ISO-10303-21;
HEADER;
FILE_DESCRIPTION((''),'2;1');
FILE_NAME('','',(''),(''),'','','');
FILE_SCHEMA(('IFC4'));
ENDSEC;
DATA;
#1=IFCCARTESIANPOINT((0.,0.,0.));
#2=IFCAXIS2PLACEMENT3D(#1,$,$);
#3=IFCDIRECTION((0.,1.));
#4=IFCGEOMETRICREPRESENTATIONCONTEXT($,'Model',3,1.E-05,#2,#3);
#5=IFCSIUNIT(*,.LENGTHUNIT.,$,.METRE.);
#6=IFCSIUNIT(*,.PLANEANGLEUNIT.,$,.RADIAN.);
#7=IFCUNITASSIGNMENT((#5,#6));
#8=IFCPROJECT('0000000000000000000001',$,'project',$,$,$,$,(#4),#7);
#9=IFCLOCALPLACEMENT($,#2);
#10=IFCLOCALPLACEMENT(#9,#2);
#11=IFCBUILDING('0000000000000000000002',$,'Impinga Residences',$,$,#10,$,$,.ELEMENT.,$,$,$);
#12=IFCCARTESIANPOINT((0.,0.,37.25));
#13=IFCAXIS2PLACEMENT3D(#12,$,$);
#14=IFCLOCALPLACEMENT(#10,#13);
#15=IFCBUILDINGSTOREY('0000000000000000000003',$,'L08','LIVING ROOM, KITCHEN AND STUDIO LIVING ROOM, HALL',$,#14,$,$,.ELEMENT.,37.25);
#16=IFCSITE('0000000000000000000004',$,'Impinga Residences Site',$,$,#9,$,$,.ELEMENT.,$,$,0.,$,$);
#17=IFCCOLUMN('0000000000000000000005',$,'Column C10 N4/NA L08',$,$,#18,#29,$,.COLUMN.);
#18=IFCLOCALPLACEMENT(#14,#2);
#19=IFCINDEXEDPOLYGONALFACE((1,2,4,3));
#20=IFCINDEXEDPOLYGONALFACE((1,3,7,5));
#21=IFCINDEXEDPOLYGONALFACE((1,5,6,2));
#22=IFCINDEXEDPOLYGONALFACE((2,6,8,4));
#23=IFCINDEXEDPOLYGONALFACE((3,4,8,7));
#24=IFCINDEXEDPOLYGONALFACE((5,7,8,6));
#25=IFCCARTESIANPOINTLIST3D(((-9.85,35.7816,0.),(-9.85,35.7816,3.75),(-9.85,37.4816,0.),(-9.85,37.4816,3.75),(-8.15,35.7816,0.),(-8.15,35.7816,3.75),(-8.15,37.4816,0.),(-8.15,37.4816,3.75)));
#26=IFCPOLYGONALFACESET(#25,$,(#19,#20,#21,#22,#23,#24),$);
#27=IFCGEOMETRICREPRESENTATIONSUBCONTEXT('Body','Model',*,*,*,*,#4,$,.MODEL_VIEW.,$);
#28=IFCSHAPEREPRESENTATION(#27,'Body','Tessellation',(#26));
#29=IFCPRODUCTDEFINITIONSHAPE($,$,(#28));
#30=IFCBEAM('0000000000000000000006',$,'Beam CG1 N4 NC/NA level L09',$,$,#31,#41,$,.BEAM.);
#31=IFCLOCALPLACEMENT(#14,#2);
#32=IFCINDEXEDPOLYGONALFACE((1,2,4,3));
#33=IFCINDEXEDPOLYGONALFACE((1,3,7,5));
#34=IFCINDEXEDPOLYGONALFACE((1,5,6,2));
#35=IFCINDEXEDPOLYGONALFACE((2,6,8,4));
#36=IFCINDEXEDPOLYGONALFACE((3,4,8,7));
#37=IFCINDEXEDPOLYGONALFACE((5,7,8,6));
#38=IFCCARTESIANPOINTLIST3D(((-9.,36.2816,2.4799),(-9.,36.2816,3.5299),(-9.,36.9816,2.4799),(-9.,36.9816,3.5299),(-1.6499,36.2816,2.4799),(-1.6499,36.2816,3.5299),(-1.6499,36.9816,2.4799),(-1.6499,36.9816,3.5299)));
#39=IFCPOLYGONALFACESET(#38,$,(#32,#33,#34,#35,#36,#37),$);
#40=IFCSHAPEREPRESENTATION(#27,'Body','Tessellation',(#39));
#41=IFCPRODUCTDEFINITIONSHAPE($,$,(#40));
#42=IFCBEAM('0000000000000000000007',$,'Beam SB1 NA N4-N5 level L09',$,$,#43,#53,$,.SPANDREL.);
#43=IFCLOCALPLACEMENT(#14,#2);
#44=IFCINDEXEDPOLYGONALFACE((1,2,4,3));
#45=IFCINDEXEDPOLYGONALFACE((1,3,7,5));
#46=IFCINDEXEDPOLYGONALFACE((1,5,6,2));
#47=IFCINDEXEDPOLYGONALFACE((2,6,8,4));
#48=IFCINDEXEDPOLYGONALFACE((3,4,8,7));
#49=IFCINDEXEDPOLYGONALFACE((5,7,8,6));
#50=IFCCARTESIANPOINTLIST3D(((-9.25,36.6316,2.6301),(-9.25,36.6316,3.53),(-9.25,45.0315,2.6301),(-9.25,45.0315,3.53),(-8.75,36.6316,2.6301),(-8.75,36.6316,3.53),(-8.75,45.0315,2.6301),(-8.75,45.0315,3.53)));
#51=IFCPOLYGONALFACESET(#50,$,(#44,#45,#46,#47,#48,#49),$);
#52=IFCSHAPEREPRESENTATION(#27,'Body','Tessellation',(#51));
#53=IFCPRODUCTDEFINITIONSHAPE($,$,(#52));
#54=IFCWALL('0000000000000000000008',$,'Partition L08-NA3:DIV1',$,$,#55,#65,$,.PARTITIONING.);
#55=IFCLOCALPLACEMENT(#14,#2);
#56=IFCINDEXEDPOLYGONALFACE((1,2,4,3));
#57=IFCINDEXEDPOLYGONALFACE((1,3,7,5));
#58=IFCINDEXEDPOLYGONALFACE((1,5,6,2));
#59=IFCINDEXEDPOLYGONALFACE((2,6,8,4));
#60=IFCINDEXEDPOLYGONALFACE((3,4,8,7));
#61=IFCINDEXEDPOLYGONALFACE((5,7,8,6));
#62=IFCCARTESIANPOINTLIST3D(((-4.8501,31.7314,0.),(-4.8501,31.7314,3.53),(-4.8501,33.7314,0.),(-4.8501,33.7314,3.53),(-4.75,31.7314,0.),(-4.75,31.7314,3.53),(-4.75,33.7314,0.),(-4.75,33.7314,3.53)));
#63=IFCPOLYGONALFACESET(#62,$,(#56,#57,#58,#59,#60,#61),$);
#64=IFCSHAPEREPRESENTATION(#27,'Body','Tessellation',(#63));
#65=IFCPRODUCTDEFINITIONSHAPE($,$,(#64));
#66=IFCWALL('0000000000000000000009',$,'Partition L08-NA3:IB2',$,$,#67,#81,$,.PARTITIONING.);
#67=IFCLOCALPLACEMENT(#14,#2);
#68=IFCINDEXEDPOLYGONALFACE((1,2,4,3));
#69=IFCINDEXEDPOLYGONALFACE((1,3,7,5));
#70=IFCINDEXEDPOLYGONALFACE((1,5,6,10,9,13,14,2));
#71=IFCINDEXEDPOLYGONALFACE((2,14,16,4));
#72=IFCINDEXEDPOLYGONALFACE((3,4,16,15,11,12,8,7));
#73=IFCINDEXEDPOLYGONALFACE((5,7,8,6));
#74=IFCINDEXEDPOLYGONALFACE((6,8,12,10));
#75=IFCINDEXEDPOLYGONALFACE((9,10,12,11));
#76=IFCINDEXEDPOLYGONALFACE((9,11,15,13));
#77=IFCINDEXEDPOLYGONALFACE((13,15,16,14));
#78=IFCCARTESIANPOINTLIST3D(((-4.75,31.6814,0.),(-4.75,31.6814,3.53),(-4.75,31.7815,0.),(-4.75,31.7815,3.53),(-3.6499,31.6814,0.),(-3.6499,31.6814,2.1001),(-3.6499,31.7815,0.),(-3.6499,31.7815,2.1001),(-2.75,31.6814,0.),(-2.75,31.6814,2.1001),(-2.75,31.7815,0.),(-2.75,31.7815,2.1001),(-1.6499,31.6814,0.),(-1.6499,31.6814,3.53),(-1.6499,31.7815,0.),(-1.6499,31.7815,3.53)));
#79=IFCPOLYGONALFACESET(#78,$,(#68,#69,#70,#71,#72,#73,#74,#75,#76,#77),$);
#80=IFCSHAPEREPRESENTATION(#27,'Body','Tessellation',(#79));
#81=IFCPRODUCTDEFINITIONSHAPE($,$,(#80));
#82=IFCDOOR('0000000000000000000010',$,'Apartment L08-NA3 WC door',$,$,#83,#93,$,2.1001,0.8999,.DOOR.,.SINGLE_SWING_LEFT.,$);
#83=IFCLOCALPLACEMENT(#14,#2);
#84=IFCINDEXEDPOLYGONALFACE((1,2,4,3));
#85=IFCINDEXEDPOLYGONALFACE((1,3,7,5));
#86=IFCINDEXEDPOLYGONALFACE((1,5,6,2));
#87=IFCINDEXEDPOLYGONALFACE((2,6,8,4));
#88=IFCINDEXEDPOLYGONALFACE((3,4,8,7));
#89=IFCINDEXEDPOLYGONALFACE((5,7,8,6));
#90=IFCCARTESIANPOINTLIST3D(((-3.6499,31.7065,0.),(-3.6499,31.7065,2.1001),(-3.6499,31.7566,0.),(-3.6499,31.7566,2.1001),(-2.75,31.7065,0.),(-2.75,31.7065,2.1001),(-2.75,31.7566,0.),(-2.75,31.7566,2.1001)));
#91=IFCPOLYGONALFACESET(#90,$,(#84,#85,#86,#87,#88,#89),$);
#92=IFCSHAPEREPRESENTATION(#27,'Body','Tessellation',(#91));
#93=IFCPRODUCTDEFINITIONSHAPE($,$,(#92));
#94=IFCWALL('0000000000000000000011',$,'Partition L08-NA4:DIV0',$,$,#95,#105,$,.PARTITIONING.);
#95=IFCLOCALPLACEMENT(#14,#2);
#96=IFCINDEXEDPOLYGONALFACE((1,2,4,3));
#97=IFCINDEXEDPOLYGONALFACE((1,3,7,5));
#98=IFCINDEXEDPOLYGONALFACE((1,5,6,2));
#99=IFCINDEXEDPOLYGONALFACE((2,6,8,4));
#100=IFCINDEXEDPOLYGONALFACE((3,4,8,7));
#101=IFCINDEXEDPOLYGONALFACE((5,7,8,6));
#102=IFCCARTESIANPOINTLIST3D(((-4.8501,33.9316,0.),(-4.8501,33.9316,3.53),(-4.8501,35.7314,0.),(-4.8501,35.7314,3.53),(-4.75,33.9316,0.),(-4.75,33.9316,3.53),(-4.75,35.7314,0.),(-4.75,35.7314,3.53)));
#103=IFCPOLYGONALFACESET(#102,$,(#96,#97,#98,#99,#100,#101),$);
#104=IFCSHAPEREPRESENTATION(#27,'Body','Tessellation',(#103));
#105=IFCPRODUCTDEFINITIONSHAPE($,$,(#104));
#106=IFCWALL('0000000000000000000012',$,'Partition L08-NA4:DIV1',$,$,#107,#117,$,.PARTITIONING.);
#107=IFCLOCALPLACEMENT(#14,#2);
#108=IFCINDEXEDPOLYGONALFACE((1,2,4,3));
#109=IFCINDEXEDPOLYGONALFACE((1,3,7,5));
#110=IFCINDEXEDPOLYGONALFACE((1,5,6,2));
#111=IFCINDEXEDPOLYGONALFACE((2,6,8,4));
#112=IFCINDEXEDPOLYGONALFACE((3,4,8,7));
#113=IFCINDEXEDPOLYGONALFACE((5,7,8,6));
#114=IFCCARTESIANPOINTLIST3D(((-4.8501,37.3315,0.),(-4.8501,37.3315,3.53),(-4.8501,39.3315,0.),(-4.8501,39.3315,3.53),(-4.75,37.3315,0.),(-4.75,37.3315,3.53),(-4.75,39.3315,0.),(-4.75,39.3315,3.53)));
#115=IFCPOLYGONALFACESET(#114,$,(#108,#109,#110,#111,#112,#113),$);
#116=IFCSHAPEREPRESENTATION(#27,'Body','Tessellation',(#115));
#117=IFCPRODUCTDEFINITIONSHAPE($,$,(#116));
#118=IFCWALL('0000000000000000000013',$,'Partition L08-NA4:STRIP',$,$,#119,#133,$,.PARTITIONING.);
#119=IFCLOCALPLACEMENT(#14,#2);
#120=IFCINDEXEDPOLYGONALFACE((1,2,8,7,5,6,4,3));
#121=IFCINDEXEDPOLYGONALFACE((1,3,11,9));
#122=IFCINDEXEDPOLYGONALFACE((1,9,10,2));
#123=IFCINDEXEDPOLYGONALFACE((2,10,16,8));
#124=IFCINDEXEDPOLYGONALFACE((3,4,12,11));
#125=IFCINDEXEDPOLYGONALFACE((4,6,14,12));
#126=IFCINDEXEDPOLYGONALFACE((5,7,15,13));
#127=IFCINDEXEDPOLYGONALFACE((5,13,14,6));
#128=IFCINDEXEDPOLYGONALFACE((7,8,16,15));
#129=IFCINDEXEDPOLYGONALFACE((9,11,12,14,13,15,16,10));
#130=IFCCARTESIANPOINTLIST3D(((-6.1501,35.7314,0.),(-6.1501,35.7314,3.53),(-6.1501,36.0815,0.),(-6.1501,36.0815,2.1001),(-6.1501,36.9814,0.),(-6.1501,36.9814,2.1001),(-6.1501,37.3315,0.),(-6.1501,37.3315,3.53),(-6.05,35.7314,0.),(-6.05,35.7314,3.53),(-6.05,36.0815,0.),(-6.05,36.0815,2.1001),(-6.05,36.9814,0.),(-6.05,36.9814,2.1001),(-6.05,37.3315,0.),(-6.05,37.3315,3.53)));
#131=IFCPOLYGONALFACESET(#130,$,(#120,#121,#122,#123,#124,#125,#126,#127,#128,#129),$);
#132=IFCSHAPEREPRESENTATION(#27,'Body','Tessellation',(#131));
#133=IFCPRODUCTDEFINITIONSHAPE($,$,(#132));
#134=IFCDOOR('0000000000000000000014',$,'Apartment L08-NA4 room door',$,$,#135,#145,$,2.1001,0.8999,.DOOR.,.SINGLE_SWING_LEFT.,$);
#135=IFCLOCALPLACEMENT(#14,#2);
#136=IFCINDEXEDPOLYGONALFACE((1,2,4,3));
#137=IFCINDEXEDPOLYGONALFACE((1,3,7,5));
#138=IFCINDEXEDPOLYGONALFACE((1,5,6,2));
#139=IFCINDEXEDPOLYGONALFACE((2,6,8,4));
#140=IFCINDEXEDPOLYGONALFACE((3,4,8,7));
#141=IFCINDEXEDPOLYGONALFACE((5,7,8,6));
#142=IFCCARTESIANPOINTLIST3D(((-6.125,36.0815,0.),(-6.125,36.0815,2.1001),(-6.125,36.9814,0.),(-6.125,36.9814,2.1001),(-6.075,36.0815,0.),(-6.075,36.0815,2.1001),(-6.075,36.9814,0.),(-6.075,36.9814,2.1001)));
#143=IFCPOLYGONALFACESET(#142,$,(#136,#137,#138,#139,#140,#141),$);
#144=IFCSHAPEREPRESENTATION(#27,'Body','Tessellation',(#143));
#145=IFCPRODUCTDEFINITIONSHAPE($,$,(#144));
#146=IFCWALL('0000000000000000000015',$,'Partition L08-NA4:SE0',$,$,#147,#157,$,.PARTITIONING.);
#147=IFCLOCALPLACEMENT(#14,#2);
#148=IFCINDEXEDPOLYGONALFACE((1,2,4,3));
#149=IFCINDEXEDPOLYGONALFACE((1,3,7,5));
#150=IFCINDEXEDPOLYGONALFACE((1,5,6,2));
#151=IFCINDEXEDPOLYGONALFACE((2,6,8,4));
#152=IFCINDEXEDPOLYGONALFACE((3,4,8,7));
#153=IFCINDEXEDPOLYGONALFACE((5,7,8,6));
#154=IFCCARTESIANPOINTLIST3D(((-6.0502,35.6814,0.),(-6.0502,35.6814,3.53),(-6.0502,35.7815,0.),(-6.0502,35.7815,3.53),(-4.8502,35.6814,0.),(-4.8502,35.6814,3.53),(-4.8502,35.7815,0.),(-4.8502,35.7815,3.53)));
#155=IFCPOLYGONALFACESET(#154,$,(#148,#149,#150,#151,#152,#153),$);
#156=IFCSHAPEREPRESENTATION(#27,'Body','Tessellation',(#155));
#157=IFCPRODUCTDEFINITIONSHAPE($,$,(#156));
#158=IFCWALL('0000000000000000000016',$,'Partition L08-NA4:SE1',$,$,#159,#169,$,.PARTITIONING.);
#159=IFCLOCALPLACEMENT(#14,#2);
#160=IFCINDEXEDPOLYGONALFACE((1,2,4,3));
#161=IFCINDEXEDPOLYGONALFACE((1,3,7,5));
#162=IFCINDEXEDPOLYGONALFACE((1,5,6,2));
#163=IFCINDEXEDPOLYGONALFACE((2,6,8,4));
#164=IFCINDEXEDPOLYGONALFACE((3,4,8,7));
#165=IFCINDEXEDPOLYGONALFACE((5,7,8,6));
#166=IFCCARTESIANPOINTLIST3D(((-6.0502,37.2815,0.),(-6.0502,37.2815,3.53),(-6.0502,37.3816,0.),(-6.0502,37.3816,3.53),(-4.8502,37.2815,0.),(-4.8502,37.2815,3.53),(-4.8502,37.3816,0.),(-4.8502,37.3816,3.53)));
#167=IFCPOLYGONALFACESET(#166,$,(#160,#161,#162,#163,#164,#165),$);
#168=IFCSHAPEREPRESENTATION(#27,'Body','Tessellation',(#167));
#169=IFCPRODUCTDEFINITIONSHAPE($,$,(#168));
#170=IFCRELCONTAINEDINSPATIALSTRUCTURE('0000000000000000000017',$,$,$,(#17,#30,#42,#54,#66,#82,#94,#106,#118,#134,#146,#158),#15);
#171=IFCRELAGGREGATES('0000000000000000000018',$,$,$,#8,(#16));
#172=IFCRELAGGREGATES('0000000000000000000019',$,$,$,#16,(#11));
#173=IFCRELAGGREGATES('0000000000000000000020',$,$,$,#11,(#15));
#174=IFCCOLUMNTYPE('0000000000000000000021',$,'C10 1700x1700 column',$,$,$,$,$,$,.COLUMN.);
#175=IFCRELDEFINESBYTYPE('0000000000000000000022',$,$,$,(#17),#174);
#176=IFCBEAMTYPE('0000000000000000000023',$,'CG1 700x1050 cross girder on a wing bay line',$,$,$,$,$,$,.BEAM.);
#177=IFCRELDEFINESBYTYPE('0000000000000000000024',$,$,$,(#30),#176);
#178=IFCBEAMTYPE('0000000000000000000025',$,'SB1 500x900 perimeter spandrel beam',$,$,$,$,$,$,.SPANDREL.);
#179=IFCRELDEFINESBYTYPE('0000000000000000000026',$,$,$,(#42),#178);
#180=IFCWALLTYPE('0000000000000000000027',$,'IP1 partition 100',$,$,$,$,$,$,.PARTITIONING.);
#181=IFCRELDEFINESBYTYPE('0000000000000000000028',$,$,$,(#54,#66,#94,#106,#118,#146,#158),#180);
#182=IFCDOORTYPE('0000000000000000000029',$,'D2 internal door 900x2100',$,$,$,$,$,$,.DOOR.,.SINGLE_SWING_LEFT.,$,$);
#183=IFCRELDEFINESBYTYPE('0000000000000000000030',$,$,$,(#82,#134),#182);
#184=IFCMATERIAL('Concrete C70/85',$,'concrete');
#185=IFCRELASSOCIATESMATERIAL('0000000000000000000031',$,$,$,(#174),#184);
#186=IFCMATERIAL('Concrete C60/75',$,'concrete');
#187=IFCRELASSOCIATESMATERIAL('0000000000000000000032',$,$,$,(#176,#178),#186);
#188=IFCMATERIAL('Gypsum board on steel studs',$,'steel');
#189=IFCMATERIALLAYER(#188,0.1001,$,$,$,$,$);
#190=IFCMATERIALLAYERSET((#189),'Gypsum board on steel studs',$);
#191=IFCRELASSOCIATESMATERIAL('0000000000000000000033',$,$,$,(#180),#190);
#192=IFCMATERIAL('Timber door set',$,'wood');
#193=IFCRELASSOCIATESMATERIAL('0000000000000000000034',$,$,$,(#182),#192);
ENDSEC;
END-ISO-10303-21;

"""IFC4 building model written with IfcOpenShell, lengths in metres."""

from ifc_helpers import new_model, si_unit, direction, frame, frame_2d, origin, origin_2d, place, context, subcontext, project, spatial, rectangle, extrude, material, layer, layer_set, material_profile, profile_set, type_object, element, fill, save


model = new_model("IFC4")

# Units and contexts
model_context = context("Model", 3, precision=1e-05, world=origin(), true_north=direction((0.0, 1.0)))
body_context = subcontext(model_context, "Body", "Model", "MODEL_VIEW")
ifc_project = project(units=[si_unit("LENGTHUNIT", "METRE"), si_unit("PLANEANGLEUNIT", "RADIAN")], contexts=[model_context])

# Site, building, storey
site_placement = place(None, origin())
site = spatial("IfcSite", under=ifc_project, at=site_placement, Name="Impinga Residences Site", CompositionType="ELEMENT", RefElevation=0.0)
building_placement = place(site_placement, origin())
building = spatial("IfcBuilding", under=site, at=building_placement, Name="Impinga Residences", CompositionType="ELEMENT")
storey_placement = place(building_placement, frame((0.0, 0.0, 37.25)))
storey = spatial("IfcBuildingStorey", under=building, at=storey_placement, Name="L08", Description="LIVING ROOM, KITCHEN AND STUDIO LIVING ROOM, HALL", CompositionType="ELEMENT", Elevation=37.25)

# Column
ifc_material_1 = material(Name="Concrete C70/85", Category="concrete")
ifc_material_profile_1 = material_profile(ifc_material_1, rectangle(XDim=1.7, YDim=1.7, at=origin_2d()), Name="RC 1700x1700")
ifc_profile_set_1 = profile_set([ifc_material_profile_1], Name="Concrete C70/85")
column_type = type_object("IfcColumnType", Name="C10 1700x1700 column", PredefinedType="COLUMN", material=ifc_profile_set_1)
column_placement = place(storey_placement, frame((-9.0, 36.6316, 0.0), z_axis=(0.0, 0.0, 1.0), x_axis=(1.0, 0.0, 0.0)))
element("IfcColumn", 1, at=column_placement, inside=storey, type_object=column_type, Name="Column C10 N4/NA L08", PredefinedType="COLUMN", context=body_context, shape_type="SweptSolid", body=[
    extrude(rectangle(XDim=1.7, YDim=1.7, at=origin_2d()), origin(), (0.0, 0.0, 1.0), 3.75),
])

# Beams
ifc_material_2 = material(Name="Concrete C60/75", Category="concrete")
ifc_material_profile_2 = material_profile(ifc_material_2, rectangle(XDim=0.7, YDim=1.05, at=origin_2d()), Name="RC 700x1050")
ifc_profile_set_2 = profile_set([ifc_material_profile_2], Name="Concrete C60/75")
beam_type_1 = type_object("IfcBeamType", Name="CG1 700x1050 cross girder on a wing bay line", PredefinedType="BEAM", material=ifc_profile_set_2)
beam_1_placement = place(storey_placement, frame((-1.6499, 36.6316, 3.0049), z_axis=(-1.0, 0.0, 0.0), x_axis=(0.0, -1.0, 0.0)))
element("IfcBeam", 2, at=beam_1_placement, inside=storey, type_object=beam_type_1, Name="Beam CG1 N4 NC/NA level L09", PredefinedType="BEAM", context=body_context, shape_type="SweptSolid", body=[
    extrude(rectangle(XDim=0.7, YDim=1.05, at=origin_2d()), origin(), (0.0, 0.0, 1.0), 7.3501),
])
ifc_material_profile_3 = material_profile(ifc_material_2, rectangle(XDim=0.5, YDim=0.8999, at=origin_2d()), Name="RC 500x900")
ifc_profile_set_3 = profile_set([ifc_material_profile_3], Name="Concrete C60/75")
beam_type_2 = type_object("IfcBeamType", Name="SB1 500x900 perimeter spandrel beam", PredefinedType="SPANDREL", material=ifc_profile_set_3)
beam_2_placement = place(storey_placement, frame((-9.0, 36.6316, 3.0801), z_axis=(0.0, 1.0, 0.0), x_axis=(-1.0, 0.0, 0.0)))
element("IfcBeam", 3, at=beam_2_placement, inside=storey, type_object=beam_type_2, Name="Beam SB1 NA N4-N5 level L09", PredefinedType="SPANDREL", context=body_context, shape_type="SweptSolid", body=[
    extrude(rectangle(XDim=0.5, YDim=0.8999, at=origin_2d()), origin(), (0.0, 0.0, 1.0), 8.3999),
])

# Wall
ifc_material_3 = material(Name="Gypsum board on steel studs", Category="steel")
ifc_layer_1 = layer(ifc_material_3, 0.1001)
ifc_layer_set_1 = layer_set([ifc_layer_1], Name="Gypsum board on steel studs")
wall_type_1 = type_object("IfcWallType", Name="IP1 partition 100", PredefinedType="PARTITIONING", material=ifc_layer_set_1)
wall_1_placement = place(storey_placement, frame((-4.8, 31.7314, 0.0), z_axis=(0.0, 0.0, 1.0), x_axis=(0.0, 1.0, 0.0)))
element("IfcWall", 4, at=wall_1_placement, inside=storey, type_object=wall_type_1, Name="Partition L08-NA3:DIV1", PredefinedType="PARTITIONING", context=body_context, shape_type="SweptSolid", body=[
    extrude(rectangle(XDim=2.0, YDim=0.1001, at=frame_2d((1.0, 0.0))), origin(), (0.0, 0.0, 1.0), 3.53),
])

# Wall, opening, door
wall_2_placement = place(storey_placement, frame((-1.6499, 31.7314, 0.0), z_axis=(0.0, 0.0, 1.0), x_axis=(-1.0, 0.0, 0.0)))
wall_2 = element("IfcWall", 5, at=wall_2_placement, inside=storey, type_object=wall_type_1, Name="Partition L08-NA3:IB2", PredefinedType="PARTITIONING", context=body_context, shape_type="SweptSolid", body=[
    extrude(rectangle(XDim=3.1001, YDim=0.1001, at=frame_2d((1.55, 0.0))), origin(), (0.0, 0.0, 1.0), 3.53),
])
opening_1_placement = place(wall_2_placement, frame((1.1001, 0.0, 0.0)))
opening_1 = element("IfcOpeningElement", 6, at=opening_1_placement, cuts=wall_2, PredefinedType="OPENING", context=body_context, shape_type="SweptSolid", body=[
    extrude(rectangle(XDim=0.8999, YDim=2.1001, at=frame_2d((0.45, 1.05))), frame((0.0, 0.0601, 0.0), z_axis=(0.0, -1.0, 0.0), x_axis=(1.0, 0.0, 0.0)), (0.0, 0.0, 1.0), 0.1201),
])
ifc_material_4 = material(Name="Timber door set", Category="wood")
door_type = type_object("IfcDoorType", Name="D2 internal door 900x2100", OperationType="SINGLE_SWING_LEFT", PredefinedType="DOOR", material=ifc_material_4)
door_1_placement = place(opening_1_placement, origin())
door_1 = element("IfcDoor", 7, at=door_1_placement, inside=storey, type_object=door_type, Name="Apartment L08-NA3 WC door", OperationType="SINGLE_SWING_LEFT", OverallHeight=2.1001, OverallWidth=0.8999, PredefinedType="DOOR", context=body_context, shape_type="SweptSolid", body=[
    extrude(rectangle(XDim=0.8999, YDim=2.1001, at=frame_2d((0.45, 1.05))), frame((0.0, 0.0249, 0.0), z_axis=(0.0, -1.0, 0.0), x_axis=(1.0, 0.0, 0.0)), (0.0, 0.0, 1.0), 0.05),
])
fill(opening_1, door_1)

# Walls
wall_3_placement = place(storey_placement, frame((-4.8, 33.9316, 0.0), z_axis=(0.0, 0.0, 1.0), x_axis=(0.0, 1.0, 0.0)))
element("IfcWall", 8, at=wall_3_placement, inside=storey, type_object=wall_type_1, Name="Partition L08-NA4:DIV0", PredefinedType="PARTITIONING", context=body_context, shape_type="SweptSolid", body=[
    extrude(rectangle(XDim=1.7998, YDim=0.1001, at=frame_2d((0.8999, 0.0))), origin(), (0.0, 0.0, 1.0), 3.53),
])
wall_4_placement = place(storey_placement, frame((-4.8, 37.3315, 0.0), z_axis=(0.0, 0.0, 1.0), x_axis=(0.0, 1.0, 0.0)))
element("IfcWall", 9, at=wall_4_placement, inside=storey, type_object=wall_type_1, Name="Partition L08-NA4:DIV1", PredefinedType="PARTITIONING", context=body_context, shape_type="SweptSolid", body=[
    extrude(rectangle(XDim=2.0, YDim=0.1001, at=frame_2d((1.0, 0.0))), origin(), (0.0, 0.0, 1.0), 3.53),
])

# Wall, opening, door
wall_5_placement = place(storey_placement, frame((-6.1001, 35.7314, 0.0), z_axis=(0.0, 0.0, 1.0), x_axis=(0.0, 1.0, 0.0)))
wall_5 = element("IfcWall", 10, at=wall_5_placement, inside=storey, type_object=wall_type_1, Name="Partition L08-NA4:STRIP", PredefinedType="PARTITIONING", context=body_context, shape_type="SweptSolid", body=[
    extrude(rectangle(XDim=1.6001, YDim=0.1001, at=frame_2d((0.8, 0.0))), origin(), (0.0, 0.0, 1.0), 3.53),
])
opening_2_placement = place(wall_5_placement, frame((0.3501, 0.0, 0.0)))
opening_2 = element("IfcOpeningElement", 11, at=opening_2_placement, cuts=wall_5, PredefinedType="OPENING", context=body_context, shape_type="SweptSolid", body=[
    extrude(rectangle(XDim=0.8999, YDim=2.1001, at=frame_2d((0.45, 1.05))), frame((0.0, 0.0601, 0.0), z_axis=(0.0, -1.0, 0.0), x_axis=(1.0, 0.0, 0.0)), (0.0, 0.0, 1.0), 0.1201),
])
door_2_placement = place(opening_2_placement, origin())
door_2 = element("IfcDoor", 12, at=door_2_placement, inside=storey, type_object=door_type, Name="Apartment L08-NA4 room door", OperationType="SINGLE_SWING_LEFT", OverallHeight=2.1001, OverallWidth=0.8999, PredefinedType="DOOR", context=body_context, shape_type="SweptSolid", body=[
    extrude(rectangle(XDim=0.8999, YDim=2.1001, at=frame_2d((0.45, 1.05))), frame((0.0, 0.0249, 0.0), z_axis=(0.0, -1.0, 0.0), x_axis=(1.0, 0.0, 0.0)), (0.0, 0.0, 1.0), 0.05),
])
fill(opening_2, door_2)

# Walls
for number, where, z_axis, x_axis, name in (
    (13, (-4.8501, 35.7314, 0.0), (0.0, 0.0, 1.0), (-1.0, 0.0, 0.0), "Partition L08-NA4:SE0"),
    (14, (-4.8501, 37.3315, 0.0), (0.0, 0.0, 1.0), (-1.0, 0.0, 0.0), "Partition L08-NA4:SE1"),
):
    element("IfcWall", number, at=place(storey_placement, frame(where, z_axis=z_axis, x_axis=x_axis)), inside=storey, type_object=wall_type_1, Name=name, PredefinedType="PARTITIONING", context=body_context, shape_type="SweptSolid", body=[
        extrude(rectangle(XDim=1.2, YDim=0.1001, at=frame_2d((0.6001, 0.0))), origin(), (0.0, 0.0, 1.0), 3.53),
    ])

save(model, "model.ifc")
